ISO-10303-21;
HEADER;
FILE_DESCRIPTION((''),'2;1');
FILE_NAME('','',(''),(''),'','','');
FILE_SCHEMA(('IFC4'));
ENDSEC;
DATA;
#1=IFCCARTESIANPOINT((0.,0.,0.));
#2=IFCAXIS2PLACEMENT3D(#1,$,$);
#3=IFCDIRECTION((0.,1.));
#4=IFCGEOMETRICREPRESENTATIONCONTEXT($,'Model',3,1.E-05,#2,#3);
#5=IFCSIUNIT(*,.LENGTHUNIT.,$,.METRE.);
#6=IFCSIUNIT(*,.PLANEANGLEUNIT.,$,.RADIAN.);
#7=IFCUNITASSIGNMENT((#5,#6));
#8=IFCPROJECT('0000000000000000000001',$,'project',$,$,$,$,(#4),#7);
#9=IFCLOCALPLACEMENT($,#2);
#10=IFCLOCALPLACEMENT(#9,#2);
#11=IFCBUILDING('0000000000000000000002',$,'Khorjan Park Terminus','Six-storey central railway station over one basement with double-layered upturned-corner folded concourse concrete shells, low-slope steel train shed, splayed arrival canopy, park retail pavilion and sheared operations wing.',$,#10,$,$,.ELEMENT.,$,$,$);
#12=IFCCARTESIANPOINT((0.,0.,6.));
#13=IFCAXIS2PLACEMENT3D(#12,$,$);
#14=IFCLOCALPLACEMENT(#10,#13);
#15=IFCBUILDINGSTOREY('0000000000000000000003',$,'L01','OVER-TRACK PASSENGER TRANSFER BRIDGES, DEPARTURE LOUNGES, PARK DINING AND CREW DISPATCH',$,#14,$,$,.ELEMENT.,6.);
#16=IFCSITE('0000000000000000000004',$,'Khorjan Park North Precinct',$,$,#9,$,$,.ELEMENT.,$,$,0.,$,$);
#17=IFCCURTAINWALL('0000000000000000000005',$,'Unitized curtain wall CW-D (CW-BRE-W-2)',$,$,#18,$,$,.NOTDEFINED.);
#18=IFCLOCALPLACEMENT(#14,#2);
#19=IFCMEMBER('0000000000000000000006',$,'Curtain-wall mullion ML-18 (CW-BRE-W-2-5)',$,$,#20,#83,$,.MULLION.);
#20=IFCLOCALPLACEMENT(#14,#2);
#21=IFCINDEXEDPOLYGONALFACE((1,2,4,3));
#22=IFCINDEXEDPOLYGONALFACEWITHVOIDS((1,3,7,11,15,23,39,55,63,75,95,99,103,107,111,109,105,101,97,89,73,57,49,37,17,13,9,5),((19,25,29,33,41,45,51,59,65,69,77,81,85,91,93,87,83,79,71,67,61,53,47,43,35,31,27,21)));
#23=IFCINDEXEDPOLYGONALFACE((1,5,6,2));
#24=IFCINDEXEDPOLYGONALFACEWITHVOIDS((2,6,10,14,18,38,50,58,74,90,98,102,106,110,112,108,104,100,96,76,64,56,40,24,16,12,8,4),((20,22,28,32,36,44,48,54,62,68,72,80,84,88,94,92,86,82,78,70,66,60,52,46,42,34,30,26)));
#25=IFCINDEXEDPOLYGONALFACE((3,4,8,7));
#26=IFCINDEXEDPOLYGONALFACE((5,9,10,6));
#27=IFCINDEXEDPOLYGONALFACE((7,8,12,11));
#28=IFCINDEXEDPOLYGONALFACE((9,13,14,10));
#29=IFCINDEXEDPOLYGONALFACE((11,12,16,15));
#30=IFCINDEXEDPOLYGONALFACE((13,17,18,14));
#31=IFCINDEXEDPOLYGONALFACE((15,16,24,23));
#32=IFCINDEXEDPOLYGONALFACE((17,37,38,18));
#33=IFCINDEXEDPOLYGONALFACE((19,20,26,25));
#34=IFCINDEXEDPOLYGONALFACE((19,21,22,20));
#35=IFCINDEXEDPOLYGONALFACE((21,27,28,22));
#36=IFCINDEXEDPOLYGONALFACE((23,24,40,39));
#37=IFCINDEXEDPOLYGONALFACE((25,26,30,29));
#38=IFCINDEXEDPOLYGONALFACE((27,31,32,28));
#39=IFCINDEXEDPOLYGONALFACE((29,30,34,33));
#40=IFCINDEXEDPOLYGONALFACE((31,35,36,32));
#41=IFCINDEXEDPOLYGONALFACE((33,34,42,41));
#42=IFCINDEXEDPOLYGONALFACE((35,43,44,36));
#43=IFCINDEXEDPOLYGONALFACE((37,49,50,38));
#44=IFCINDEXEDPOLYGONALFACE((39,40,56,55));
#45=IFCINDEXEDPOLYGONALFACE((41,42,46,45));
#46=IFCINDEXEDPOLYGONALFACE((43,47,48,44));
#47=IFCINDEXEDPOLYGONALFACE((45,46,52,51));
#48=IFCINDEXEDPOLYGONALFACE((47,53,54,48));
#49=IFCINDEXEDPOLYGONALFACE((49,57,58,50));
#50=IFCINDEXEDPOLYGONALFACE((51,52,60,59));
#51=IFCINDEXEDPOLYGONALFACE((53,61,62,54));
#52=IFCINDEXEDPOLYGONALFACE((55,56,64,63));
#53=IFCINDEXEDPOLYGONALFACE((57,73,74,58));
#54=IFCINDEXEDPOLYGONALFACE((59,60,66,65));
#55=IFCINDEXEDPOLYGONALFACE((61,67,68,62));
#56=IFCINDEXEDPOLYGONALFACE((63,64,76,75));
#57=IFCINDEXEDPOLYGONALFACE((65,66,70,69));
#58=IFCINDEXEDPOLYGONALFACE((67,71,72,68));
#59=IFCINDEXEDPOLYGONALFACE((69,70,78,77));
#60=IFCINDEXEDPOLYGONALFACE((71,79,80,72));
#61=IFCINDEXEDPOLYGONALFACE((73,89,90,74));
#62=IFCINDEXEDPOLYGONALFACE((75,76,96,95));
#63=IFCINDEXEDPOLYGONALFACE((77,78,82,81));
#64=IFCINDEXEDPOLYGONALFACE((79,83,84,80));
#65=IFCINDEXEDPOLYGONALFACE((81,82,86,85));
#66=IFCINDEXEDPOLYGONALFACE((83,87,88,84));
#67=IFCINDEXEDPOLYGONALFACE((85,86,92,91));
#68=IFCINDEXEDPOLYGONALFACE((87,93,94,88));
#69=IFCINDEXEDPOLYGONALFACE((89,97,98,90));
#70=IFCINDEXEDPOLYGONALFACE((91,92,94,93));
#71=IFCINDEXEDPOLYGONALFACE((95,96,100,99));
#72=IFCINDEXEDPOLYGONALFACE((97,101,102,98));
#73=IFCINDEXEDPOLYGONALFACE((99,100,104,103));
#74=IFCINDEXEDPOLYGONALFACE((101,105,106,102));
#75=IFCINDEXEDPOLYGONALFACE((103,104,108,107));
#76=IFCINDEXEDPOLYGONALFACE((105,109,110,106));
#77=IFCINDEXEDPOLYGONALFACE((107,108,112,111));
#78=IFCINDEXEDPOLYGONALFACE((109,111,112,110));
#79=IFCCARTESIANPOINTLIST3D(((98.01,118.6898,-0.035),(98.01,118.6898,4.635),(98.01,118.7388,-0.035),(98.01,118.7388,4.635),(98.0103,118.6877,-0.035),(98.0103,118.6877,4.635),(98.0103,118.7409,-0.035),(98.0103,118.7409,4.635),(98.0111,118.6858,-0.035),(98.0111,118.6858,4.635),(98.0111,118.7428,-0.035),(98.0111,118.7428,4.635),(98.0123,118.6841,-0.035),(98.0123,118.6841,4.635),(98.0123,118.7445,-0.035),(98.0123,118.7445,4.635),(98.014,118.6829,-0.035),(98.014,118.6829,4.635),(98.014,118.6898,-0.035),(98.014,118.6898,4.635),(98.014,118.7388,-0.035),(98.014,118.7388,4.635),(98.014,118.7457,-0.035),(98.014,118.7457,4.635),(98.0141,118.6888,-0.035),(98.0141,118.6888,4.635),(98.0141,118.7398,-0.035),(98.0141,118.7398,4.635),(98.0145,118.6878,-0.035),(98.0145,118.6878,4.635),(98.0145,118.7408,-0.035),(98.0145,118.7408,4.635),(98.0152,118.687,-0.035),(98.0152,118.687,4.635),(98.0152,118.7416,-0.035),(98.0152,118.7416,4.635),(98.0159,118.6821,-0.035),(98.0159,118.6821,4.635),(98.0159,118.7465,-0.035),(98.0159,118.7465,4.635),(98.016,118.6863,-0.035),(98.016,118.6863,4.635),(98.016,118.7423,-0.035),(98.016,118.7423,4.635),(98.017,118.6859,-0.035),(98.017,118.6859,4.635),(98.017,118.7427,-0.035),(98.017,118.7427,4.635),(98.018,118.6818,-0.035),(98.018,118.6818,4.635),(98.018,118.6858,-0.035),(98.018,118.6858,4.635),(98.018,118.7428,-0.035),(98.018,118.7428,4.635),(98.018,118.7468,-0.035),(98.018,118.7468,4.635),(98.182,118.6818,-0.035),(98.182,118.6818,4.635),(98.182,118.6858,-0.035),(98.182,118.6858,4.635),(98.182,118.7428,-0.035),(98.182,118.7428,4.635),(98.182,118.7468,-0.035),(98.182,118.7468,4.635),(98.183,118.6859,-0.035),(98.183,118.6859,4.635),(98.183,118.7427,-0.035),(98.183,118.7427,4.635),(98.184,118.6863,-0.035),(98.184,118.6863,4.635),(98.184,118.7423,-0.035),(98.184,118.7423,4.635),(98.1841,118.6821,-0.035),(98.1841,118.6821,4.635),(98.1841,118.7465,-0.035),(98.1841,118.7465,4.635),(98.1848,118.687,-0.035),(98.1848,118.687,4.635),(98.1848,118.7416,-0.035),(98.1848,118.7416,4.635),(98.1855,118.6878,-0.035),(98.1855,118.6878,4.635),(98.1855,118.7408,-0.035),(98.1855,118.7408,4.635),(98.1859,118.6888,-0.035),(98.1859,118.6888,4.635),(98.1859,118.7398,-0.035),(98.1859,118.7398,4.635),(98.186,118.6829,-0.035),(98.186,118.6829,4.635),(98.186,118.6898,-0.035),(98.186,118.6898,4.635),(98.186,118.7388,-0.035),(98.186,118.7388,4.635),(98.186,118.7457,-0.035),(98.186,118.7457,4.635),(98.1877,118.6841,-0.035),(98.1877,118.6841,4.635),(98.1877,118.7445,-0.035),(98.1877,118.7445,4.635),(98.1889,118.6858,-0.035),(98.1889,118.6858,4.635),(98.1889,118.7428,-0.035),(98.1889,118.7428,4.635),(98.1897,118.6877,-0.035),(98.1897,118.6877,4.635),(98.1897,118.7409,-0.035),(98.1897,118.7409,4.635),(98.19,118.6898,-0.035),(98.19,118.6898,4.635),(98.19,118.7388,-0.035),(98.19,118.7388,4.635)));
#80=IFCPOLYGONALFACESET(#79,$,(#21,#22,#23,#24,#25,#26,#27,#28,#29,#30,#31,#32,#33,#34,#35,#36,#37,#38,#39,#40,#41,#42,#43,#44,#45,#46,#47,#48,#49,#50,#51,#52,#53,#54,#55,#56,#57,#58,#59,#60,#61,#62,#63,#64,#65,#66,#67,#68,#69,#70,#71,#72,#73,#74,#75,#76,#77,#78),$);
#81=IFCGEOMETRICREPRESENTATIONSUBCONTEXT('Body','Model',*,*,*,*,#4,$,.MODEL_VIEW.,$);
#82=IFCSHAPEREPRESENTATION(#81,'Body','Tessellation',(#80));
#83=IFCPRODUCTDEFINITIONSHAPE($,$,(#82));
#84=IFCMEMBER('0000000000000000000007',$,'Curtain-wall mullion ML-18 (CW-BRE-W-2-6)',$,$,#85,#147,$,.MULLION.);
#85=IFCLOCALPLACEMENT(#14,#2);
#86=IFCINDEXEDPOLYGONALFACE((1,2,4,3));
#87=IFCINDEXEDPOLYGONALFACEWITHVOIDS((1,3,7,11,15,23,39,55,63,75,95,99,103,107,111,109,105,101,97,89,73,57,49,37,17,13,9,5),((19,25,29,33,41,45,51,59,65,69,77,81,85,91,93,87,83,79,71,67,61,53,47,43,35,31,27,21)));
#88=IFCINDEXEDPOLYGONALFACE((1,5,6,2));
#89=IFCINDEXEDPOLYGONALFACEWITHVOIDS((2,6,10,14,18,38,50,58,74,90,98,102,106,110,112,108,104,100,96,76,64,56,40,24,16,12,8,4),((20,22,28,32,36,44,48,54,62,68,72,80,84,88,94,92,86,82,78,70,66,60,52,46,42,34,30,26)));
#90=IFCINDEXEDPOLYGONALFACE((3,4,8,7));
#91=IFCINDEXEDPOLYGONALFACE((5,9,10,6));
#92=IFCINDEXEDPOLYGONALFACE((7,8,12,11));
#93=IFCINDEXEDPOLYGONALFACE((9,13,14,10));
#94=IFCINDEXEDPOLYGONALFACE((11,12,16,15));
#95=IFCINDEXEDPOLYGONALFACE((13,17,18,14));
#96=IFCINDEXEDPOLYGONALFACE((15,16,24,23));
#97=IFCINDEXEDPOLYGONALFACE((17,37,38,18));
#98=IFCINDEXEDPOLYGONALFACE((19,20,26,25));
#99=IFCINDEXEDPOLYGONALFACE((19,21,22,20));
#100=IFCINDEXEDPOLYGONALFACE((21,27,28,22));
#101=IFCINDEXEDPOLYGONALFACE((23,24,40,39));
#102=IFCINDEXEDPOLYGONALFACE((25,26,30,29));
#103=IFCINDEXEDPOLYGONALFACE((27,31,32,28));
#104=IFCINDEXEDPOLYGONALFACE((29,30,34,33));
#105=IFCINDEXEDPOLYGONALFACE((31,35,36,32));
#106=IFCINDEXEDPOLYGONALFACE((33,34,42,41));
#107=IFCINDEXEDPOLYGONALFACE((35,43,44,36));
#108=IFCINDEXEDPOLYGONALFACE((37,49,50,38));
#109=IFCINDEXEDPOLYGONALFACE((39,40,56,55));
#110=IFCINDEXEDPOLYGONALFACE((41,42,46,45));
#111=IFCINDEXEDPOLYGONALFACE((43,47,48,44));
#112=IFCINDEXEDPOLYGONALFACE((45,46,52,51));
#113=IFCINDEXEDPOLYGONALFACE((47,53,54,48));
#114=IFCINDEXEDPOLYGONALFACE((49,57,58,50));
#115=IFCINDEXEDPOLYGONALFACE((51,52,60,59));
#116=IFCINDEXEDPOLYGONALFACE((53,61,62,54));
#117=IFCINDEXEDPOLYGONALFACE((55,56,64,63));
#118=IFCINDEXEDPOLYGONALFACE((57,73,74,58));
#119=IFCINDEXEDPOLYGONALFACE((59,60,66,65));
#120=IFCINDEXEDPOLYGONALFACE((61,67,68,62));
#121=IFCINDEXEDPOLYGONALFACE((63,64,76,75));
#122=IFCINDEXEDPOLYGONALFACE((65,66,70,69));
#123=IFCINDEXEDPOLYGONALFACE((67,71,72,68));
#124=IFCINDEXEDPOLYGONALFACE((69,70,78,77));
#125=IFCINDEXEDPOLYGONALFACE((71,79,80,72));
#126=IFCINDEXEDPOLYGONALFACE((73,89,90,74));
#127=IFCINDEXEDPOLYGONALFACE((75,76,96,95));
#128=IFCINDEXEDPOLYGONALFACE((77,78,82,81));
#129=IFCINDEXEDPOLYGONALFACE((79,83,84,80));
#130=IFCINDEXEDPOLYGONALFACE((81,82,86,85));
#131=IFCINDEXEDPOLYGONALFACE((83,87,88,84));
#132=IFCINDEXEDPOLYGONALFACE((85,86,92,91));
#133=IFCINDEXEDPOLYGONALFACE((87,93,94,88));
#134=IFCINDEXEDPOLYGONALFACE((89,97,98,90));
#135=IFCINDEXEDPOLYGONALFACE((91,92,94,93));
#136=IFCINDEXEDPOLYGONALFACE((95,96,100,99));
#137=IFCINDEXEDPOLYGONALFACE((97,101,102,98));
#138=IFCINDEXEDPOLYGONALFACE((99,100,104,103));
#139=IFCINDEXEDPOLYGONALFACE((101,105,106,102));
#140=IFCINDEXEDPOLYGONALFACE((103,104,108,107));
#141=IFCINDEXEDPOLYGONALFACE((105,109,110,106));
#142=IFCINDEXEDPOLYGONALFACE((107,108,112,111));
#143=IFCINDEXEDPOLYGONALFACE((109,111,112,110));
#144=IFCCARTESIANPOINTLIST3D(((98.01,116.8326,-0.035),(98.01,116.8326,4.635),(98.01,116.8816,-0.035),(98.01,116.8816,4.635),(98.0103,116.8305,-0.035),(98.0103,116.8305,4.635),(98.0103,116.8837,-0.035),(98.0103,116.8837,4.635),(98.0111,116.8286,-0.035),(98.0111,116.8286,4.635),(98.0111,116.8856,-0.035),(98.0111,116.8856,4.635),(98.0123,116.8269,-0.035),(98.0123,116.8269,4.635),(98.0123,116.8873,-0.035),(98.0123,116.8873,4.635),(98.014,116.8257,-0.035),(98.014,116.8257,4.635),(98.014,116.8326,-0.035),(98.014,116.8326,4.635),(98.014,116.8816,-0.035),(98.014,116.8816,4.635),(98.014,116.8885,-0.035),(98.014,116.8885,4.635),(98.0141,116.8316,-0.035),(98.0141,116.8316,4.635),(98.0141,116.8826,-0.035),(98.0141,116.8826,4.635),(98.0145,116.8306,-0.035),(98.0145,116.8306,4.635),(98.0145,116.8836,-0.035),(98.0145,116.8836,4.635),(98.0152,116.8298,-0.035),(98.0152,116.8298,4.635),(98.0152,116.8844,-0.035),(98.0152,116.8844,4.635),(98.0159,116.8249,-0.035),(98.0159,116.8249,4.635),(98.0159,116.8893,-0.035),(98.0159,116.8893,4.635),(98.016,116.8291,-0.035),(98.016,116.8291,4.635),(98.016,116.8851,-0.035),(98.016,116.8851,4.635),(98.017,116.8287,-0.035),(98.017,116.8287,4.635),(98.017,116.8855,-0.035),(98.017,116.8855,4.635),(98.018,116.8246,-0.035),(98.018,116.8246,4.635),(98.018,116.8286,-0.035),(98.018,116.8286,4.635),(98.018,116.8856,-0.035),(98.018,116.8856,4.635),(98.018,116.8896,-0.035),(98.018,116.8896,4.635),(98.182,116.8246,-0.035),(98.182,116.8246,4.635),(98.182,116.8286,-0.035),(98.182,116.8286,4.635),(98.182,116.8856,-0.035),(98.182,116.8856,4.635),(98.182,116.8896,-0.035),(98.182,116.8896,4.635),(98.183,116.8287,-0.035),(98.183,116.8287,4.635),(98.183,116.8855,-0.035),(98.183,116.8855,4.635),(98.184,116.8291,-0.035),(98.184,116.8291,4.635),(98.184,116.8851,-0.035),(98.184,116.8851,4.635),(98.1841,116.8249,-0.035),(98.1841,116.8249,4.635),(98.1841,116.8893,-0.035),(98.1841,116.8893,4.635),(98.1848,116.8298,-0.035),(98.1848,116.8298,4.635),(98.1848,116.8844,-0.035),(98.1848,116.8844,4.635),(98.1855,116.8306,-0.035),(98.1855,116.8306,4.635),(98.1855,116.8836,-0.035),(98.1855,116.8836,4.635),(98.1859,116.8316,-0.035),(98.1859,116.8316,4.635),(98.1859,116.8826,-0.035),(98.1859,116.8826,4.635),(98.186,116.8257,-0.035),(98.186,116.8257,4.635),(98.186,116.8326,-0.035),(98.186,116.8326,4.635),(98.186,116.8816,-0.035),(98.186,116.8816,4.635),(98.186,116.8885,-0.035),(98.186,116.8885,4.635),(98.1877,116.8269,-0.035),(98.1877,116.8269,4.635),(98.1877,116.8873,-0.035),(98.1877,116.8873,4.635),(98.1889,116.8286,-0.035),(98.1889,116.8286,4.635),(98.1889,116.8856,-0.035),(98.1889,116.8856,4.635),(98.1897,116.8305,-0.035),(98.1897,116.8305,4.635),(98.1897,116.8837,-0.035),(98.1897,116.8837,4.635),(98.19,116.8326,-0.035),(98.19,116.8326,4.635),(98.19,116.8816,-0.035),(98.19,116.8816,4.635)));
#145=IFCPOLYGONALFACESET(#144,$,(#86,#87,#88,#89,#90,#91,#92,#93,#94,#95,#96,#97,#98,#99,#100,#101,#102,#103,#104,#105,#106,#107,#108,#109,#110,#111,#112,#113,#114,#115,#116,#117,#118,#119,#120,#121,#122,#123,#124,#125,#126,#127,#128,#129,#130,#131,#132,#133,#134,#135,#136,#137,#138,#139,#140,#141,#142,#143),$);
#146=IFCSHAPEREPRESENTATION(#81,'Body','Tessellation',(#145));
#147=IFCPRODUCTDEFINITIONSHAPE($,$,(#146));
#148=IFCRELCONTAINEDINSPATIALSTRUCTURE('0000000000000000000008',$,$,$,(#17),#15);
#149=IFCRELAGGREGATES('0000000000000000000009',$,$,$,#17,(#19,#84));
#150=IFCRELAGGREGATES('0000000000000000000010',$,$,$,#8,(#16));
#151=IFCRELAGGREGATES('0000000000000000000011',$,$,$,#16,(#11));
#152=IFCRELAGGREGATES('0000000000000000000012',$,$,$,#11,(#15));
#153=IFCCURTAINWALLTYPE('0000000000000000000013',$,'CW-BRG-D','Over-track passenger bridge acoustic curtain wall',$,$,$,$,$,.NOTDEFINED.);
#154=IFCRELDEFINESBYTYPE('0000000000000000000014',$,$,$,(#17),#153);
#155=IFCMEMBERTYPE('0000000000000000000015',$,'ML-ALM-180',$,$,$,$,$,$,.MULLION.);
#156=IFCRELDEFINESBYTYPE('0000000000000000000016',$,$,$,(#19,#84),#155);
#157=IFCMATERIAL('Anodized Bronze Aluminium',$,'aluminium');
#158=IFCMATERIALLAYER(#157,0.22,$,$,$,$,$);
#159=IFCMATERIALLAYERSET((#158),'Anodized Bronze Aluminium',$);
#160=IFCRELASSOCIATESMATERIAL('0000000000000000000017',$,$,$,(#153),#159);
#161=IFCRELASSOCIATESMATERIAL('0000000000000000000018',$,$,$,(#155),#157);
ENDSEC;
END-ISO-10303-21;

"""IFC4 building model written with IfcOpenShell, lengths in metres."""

from ifc_helpers import new_model, si_unit, direction, frame, origin, origin_2d, place, context, subcontext, project, spatial, hollow_rectangle, extrude, material, layer, layer_set, material_profile, profile_set, type_object, element, aggregate, save


model = new_model("IFC4")

# Units and contexts
model_context = context("Model", 3, precision=1e-05, world=origin(), true_north=direction((0.0, 1.0)))
body_context = subcontext(model_context, "Body", "Model", "MODEL_VIEW")
ifc_project = project(units=[si_unit("LENGTHUNIT", "METRE"), si_unit("PLANEANGLEUNIT", "RADIAN")], contexts=[model_context])

# Site, building, storey
site_placement = place(None, origin())
site = spatial("IfcSite", under=ifc_project, at=site_placement, Name="Khorjan Park North Precinct", CompositionType="ELEMENT", RefElevation=0.0)
building_placement = place(site_placement, origin())
building = spatial("IfcBuilding", under=site, at=building_placement, Name="Khorjan Park Terminus", Description="Six-storey central railway station over one basement with double-layered upturned-corner folded concourse concrete shells, low-slope steel train shed, splayed arrival canopy, park retail pavilion and sheared operations wing.", CompositionType="ELEMENT")
storey_placement = place(building_placement, frame((0.0, 0.0, 6.0)))
storey = spatial("IfcBuildingStorey", under=building, at=storey_placement, Name="L01", Description="OVER-TRACK PASSENGER TRANSFER BRIDGES, DEPARTURE LOUNGES, PARK DINING AND CREW DISPATCH", CompositionType="ELEMENT", Elevation=6.0)

# Curtain wall, members
ifc_material_1 = material(Name="Anodized Bronze Aluminium", Category="aluminium")
ifc_layer_1 = layer(ifc_material_1, 0.22)
ifc_layer_set_1 = layer_set([ifc_layer_1], Name="Anodized Bronze Aluminium")
curtain_wall_type = type_object("IfcCurtainWallType", Name="CW-BRG-D", Description="Over-track passenger bridge acoustic curtain wall", PredefinedType="NOTDEFINED", material=ifc_layer_set_1)
curtain_wall_1_placement = place(storey_placement, origin())
curtain_wall_1 = element("IfcCurtainWall", 1, at=curtain_wall_1_placement, inside=storey, type_object=curtain_wall_type, Name="Unitized curtain wall CW-D (CW-BRE-W-2)", PredefinedType="NOTDEFINED")
ifc_material_profile_1 = material_profile(ifc_material_1, hollow_rectangle(XDim=0.065, YDim=0.18, WallThickness=0.004, InnerFilletRadius=0.004, OuterFilletRadius=0.008, at=origin_2d()), Name="ALM 65x180x4")
ifc_profile_set_1 = profile_set([ifc_material_profile_1], Name="Anodized Bronze Aluminium")
member_type_1 = type_object("IfcMemberType", Name="ML-ALM-180", PredefinedType="MULLION", material=ifc_profile_set_1)
member_1_placement = place(storey_placement, frame((98.1, 118.7143, -0.035), z_axis=(0.0, 0.0, 1.0), x_axis=(0.0, -1.0, 0.0)))
member_1 = element("IfcMember", 2, at=member_1_placement, type_object=member_type_1, Name="Curtain-wall mullion ML-18 (CW-BRE-W-2-5)", PredefinedType="MULLION", context=body_context, shape_type="SweptSolid", body=[
    extrude(hollow_rectangle(XDim=0.065, YDim=0.18, WallThickness=0.004, InnerFilletRadius=0.004, OuterFilletRadius=0.008, at=origin_2d()), origin(), (0.0, 0.0, 1.0), 4.67),
])
member_2_placement = place(storey_placement, frame((98.1, 116.8571, -0.035), z_axis=(0.0, 0.0, 1.0), x_axis=(0.0, -1.0, 0.0)))
member_2 = element("IfcMember", 3, at=member_2_placement, type_object=member_type_1, Name="Curtain-wall mullion ML-18 (CW-BRE-W-2-6)", PredefinedType="MULLION", context=body_context, shape_type="SweptSolid", body=[
    extrude(hollow_rectangle(XDim=0.065, YDim=0.18, WallThickness=0.004, InnerFilletRadius=0.004, OuterFilletRadius=0.008, at=origin_2d()), origin(), (0.0, 0.0, 1.0), 4.67),
])

aggregate(curtain_wall_1, [member_1, member_2])

save(model, "model.ifc")
